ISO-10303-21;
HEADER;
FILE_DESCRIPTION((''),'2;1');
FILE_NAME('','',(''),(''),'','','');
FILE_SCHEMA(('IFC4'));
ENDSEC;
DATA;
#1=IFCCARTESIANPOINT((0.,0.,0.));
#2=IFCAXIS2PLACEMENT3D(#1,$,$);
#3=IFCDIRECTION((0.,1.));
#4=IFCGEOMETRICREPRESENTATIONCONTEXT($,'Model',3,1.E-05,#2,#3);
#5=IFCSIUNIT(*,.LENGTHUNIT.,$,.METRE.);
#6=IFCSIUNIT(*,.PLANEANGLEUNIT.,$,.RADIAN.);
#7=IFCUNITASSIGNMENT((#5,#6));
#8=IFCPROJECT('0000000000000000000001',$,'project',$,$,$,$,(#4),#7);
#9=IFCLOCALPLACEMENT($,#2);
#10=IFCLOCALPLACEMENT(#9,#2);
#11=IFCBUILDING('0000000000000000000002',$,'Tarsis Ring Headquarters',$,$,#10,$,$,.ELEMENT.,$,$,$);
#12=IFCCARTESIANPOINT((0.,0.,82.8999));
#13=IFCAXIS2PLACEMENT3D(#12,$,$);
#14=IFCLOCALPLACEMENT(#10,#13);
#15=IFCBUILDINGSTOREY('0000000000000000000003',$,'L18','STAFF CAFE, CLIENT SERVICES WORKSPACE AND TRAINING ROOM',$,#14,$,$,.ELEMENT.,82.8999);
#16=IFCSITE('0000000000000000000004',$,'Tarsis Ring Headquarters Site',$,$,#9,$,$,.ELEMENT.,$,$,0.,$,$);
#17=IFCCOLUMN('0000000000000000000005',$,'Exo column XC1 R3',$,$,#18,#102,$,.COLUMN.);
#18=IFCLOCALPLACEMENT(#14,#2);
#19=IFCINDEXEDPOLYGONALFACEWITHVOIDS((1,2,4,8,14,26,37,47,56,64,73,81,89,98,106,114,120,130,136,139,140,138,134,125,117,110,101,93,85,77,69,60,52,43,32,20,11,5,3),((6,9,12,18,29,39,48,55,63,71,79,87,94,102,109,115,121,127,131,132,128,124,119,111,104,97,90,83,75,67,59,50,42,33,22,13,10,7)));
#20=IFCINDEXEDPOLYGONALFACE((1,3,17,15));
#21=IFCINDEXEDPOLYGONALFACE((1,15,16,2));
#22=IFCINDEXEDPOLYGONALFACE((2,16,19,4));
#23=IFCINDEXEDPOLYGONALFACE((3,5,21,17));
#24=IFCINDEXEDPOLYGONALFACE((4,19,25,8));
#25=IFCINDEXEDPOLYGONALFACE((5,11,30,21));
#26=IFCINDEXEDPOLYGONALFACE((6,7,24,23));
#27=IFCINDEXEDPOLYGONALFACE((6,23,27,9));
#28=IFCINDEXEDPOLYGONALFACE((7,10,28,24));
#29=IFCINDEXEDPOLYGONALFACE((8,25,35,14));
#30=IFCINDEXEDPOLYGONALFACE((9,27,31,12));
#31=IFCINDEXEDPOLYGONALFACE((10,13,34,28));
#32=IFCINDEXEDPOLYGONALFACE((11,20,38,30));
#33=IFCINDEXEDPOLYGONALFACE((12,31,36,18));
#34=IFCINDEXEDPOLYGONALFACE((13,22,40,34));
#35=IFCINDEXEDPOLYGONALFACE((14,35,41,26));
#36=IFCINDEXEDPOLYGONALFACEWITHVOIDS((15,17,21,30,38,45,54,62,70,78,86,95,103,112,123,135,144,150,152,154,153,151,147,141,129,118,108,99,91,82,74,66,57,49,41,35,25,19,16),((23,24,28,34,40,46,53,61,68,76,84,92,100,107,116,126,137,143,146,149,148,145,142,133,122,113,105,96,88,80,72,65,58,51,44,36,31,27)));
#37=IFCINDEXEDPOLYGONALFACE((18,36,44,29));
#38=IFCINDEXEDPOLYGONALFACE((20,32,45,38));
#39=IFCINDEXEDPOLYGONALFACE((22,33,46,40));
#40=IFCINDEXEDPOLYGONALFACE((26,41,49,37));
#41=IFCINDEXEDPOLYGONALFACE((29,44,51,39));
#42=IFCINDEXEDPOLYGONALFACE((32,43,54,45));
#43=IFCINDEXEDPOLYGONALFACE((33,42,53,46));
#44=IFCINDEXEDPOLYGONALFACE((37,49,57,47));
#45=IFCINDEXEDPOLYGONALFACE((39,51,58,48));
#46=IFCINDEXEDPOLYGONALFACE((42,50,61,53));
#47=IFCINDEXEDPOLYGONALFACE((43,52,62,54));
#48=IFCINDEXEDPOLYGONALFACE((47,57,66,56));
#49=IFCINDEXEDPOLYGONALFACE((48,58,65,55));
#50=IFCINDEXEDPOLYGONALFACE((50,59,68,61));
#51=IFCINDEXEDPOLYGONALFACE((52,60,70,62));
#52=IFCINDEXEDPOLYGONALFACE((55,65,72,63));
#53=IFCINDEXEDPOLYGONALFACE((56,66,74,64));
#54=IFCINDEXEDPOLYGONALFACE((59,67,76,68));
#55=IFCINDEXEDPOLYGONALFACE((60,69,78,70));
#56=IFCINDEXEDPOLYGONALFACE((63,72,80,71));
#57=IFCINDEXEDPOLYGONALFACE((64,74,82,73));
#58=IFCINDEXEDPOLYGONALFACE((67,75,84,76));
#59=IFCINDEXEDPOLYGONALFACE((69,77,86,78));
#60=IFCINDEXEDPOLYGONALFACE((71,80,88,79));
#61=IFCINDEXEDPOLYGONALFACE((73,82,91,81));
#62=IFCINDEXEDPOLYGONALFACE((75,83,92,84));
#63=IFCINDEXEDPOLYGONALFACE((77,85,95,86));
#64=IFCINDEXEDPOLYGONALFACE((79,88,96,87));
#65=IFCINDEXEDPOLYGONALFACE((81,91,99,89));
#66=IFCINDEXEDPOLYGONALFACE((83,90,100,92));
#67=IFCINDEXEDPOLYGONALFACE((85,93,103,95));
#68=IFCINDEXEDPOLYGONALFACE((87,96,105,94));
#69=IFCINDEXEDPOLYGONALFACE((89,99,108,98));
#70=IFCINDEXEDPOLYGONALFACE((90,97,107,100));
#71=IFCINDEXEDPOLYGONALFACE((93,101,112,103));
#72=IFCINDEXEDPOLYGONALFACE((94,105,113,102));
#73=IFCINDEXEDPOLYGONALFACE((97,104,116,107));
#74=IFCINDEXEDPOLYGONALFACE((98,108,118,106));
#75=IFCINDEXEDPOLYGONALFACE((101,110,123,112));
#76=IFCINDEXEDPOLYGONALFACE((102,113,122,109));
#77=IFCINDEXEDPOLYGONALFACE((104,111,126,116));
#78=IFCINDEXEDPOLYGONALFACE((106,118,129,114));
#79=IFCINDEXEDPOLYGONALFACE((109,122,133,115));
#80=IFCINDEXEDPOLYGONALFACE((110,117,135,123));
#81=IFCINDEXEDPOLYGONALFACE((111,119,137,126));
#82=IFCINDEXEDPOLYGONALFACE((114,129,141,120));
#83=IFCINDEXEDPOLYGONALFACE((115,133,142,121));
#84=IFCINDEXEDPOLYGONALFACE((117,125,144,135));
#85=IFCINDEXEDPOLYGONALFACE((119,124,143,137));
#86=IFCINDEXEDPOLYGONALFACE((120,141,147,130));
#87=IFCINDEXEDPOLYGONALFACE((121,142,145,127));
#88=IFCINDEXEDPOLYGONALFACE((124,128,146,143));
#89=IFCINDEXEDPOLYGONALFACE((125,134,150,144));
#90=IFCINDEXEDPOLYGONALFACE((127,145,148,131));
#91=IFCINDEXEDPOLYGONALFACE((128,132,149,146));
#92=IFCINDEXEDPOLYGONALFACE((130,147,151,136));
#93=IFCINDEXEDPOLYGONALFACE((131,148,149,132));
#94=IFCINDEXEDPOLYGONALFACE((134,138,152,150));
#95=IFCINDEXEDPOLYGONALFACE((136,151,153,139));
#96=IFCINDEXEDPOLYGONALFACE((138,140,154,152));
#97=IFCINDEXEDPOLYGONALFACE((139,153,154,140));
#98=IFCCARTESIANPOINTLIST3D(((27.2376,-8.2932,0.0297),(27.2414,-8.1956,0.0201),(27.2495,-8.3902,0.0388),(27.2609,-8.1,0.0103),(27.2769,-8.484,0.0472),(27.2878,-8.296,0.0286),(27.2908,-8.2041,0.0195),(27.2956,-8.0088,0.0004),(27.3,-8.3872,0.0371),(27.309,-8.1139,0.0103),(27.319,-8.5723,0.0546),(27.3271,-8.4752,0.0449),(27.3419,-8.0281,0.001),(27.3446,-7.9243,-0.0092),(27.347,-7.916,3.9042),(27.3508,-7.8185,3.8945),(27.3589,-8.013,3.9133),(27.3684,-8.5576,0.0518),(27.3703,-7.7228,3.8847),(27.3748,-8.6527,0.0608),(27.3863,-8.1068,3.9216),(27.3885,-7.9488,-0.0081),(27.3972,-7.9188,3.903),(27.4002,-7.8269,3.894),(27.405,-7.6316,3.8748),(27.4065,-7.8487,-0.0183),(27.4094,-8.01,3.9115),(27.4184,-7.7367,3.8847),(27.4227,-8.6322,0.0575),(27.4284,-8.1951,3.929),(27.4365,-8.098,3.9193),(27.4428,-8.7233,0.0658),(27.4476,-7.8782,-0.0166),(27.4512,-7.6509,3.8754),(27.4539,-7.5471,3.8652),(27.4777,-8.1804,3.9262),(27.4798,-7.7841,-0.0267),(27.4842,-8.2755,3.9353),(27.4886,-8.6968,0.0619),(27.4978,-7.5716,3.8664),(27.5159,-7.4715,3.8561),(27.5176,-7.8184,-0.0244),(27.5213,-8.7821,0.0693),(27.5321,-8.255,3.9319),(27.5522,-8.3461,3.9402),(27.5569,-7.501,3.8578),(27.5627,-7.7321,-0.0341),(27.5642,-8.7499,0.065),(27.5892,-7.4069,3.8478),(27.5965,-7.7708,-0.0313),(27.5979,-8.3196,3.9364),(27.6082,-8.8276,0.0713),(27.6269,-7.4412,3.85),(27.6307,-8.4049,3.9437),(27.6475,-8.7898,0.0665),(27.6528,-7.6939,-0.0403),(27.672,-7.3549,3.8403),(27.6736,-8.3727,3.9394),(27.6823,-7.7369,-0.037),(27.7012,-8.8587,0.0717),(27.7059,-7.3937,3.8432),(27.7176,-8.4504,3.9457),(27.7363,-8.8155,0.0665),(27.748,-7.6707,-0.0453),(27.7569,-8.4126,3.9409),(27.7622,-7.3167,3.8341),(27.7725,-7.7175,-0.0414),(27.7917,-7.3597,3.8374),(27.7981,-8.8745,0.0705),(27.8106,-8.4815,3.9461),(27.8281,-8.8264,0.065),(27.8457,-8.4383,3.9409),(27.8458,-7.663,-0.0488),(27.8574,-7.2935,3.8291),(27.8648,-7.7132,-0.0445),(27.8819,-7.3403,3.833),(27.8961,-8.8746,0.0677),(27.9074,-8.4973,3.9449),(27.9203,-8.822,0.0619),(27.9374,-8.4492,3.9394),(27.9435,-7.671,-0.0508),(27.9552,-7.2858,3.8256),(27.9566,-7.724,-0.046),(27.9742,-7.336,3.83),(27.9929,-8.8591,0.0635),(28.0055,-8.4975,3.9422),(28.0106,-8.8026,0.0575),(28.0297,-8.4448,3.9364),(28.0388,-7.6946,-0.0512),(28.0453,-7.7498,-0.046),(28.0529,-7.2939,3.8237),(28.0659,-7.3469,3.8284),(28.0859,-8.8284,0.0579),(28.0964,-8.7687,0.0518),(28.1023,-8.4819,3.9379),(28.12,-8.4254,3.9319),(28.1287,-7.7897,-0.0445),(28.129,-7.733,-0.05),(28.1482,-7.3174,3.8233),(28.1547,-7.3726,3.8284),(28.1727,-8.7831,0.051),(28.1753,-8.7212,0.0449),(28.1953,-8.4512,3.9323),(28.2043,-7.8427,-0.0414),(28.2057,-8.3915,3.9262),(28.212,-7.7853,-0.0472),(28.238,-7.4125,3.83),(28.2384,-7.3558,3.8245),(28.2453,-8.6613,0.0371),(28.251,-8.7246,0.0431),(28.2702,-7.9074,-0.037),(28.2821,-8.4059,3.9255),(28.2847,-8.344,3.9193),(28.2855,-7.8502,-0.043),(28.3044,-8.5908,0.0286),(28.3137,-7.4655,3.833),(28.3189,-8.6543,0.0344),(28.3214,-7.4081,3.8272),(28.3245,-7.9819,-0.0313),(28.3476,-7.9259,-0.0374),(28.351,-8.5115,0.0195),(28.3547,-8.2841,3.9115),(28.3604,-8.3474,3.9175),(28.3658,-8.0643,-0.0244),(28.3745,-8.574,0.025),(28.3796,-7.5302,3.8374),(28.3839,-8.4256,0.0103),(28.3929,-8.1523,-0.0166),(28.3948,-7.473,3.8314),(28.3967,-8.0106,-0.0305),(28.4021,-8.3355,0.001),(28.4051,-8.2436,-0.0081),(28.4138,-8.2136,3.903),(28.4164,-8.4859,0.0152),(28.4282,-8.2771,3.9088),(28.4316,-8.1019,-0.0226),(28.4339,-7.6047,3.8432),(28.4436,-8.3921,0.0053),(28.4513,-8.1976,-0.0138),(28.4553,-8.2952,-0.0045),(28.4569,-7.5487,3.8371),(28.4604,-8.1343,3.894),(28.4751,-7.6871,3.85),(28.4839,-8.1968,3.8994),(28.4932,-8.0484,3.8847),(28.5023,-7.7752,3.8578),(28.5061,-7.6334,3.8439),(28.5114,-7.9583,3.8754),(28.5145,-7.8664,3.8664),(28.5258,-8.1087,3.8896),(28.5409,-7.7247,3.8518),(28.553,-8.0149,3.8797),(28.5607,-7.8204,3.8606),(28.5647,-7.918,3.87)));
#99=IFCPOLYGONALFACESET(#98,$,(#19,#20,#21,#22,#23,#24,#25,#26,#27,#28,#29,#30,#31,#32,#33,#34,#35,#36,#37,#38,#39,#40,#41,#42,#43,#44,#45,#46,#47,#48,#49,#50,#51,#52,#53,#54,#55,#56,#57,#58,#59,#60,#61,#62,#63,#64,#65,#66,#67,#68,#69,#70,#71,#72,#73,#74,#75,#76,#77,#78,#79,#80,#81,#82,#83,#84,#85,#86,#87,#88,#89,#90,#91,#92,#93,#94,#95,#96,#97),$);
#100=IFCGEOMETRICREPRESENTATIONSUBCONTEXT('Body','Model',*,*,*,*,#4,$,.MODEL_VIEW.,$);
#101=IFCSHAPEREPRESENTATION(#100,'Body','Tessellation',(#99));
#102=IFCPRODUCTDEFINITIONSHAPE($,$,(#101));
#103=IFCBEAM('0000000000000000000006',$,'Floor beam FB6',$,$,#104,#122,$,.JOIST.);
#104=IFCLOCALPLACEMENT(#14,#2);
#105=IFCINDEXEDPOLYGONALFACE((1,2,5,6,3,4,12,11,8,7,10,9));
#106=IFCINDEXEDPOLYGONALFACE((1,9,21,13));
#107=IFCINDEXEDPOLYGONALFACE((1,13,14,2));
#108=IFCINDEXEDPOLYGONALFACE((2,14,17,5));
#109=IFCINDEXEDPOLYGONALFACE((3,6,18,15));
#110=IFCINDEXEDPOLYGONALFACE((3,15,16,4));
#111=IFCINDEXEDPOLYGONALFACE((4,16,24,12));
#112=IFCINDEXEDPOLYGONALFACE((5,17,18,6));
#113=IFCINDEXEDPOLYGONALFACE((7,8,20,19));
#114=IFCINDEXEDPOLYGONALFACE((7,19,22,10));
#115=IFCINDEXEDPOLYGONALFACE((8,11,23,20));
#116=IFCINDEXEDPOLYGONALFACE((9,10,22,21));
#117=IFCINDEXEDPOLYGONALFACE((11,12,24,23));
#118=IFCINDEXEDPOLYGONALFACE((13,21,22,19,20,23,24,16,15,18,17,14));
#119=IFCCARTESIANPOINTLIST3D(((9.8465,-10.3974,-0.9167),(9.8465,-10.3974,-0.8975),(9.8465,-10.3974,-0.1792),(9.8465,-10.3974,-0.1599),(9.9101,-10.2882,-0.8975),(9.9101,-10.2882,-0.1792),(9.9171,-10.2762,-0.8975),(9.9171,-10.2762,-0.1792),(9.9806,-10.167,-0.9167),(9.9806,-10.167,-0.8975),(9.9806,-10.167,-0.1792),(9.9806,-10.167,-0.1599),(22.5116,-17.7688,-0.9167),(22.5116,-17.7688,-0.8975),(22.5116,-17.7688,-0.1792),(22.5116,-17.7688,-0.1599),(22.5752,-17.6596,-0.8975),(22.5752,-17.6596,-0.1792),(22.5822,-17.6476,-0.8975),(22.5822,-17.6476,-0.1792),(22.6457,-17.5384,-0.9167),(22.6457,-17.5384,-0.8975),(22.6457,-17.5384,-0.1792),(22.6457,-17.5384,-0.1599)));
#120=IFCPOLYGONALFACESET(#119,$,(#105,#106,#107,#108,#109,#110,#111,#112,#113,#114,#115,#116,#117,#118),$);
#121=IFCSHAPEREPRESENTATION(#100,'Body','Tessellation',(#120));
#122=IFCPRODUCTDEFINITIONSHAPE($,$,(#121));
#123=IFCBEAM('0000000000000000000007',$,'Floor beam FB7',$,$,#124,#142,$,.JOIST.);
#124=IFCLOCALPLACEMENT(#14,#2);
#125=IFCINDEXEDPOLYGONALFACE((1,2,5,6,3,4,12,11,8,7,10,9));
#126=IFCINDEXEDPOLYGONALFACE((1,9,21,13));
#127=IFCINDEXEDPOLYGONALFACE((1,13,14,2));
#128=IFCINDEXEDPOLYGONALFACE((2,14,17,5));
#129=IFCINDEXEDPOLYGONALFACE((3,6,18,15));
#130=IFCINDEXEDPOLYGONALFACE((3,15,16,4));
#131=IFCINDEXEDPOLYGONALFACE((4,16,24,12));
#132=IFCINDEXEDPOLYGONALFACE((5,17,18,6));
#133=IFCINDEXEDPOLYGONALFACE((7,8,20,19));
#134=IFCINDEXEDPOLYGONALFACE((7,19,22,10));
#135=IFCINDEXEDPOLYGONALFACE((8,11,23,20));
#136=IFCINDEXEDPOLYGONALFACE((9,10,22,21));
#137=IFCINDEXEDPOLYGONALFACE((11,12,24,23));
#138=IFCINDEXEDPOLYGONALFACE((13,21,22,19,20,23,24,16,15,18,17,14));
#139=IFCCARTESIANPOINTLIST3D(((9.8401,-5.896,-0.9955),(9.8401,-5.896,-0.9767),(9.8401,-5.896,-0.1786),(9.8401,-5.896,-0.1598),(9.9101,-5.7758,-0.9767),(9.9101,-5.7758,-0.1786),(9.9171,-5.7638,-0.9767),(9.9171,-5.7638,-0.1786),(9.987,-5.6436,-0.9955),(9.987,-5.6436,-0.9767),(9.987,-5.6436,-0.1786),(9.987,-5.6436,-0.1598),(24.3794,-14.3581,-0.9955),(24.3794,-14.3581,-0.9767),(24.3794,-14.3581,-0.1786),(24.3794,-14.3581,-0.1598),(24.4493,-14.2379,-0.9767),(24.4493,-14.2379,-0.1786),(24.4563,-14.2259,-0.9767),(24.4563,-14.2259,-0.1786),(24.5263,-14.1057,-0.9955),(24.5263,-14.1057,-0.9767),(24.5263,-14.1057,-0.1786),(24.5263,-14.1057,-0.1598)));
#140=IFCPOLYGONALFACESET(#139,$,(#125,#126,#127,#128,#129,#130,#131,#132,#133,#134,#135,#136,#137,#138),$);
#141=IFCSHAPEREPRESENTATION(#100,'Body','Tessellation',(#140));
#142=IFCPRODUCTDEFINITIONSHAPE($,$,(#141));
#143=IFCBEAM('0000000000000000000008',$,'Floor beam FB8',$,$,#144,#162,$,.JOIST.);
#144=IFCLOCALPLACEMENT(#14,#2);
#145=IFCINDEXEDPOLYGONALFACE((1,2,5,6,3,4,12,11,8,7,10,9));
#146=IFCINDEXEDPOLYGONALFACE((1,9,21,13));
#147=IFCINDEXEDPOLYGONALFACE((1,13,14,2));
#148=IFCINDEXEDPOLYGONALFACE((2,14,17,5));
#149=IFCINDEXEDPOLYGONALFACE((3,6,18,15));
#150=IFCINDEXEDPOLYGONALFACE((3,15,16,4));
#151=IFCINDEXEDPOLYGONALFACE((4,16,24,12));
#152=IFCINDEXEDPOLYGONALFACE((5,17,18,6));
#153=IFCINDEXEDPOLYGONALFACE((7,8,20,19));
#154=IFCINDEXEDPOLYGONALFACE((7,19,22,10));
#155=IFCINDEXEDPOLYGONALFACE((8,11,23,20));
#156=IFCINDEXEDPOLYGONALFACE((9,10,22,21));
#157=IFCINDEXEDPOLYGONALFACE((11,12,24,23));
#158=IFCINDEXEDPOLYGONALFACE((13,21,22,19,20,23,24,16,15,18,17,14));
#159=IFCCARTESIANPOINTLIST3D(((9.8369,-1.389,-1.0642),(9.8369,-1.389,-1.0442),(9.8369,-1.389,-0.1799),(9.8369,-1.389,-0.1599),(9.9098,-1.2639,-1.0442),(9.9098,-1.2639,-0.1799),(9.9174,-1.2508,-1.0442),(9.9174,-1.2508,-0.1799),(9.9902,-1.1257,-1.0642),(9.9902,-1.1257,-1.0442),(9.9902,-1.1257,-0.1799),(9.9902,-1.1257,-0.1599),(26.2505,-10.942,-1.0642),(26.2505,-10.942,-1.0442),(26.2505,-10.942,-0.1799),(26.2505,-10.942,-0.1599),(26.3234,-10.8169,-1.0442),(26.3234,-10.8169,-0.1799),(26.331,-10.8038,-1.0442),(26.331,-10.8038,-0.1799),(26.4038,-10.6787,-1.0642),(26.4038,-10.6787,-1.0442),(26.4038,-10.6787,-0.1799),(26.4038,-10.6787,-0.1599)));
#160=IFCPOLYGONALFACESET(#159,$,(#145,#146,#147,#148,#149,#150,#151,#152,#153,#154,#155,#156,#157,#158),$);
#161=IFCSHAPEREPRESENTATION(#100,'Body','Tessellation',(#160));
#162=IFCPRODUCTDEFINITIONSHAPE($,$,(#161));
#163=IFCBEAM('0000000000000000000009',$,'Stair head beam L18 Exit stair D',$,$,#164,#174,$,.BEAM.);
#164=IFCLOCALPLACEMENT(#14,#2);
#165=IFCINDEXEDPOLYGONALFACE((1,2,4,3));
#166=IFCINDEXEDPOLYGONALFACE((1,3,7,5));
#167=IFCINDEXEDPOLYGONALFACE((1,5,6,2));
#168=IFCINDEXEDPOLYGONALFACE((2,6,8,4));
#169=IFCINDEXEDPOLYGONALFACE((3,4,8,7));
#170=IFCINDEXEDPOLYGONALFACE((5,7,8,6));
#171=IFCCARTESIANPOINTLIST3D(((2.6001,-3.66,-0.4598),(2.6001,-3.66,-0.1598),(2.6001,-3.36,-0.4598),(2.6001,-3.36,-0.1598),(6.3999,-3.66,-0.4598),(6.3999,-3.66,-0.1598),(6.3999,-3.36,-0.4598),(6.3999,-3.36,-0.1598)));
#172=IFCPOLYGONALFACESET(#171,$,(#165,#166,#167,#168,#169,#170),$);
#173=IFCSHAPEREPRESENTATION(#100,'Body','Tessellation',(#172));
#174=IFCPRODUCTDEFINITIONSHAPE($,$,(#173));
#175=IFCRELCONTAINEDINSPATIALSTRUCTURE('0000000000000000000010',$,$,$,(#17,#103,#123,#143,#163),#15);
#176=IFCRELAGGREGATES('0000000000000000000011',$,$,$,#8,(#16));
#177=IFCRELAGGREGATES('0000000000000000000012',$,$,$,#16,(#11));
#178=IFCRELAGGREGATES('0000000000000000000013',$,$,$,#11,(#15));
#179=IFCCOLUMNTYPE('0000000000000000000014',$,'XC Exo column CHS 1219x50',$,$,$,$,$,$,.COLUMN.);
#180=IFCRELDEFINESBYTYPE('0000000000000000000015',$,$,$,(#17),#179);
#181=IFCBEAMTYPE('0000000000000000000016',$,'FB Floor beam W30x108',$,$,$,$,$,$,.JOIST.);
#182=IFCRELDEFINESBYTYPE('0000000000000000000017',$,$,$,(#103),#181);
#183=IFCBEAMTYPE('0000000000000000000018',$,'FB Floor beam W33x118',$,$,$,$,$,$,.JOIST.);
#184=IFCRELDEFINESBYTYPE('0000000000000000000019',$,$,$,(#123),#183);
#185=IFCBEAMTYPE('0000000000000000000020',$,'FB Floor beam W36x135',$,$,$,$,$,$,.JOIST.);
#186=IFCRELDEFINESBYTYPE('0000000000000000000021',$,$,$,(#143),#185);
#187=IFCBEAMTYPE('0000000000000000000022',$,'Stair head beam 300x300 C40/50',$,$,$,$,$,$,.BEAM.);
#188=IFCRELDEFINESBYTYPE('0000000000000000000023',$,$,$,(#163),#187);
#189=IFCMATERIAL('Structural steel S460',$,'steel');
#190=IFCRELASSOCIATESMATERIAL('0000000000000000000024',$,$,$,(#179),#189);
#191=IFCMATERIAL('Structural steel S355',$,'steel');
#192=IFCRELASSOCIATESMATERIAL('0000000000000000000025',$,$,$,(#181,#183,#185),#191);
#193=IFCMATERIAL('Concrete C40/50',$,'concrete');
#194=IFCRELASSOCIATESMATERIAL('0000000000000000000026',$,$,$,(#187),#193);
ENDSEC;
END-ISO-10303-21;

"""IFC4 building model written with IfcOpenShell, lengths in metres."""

from ifc_helpers import new_model, si_unit, direction, frame, origin, origin_2d, place, context, subcontext, project, spatial, rectangle, hollow_circle, i_section, extrude, material, material_profile, profile_set, type_object, element, save


model = new_model("IFC4")

# Units and contexts
model_context = context("Model", 3, precision=1e-05, world=origin(), true_north=direction((0.0, 1.0)))
body_context = subcontext(model_context, "Body", "Model", "MODEL_VIEW")
ifc_project = project(units=[si_unit("LENGTHUNIT", "METRE"), si_unit("PLANEANGLEUNIT", "RADIAN")], contexts=[model_context])

# Site, building, storey
site_placement = place(None, origin())
site = spatial("IfcSite", under=ifc_project, at=site_placement, Name="Tarsis Ring Headquarters Site", CompositionType="ELEMENT", RefElevation=0.0)
building_placement = place(site_placement, origin())
building = spatial("IfcBuilding", under=site, at=building_placement, Name="Tarsis Ring Headquarters", CompositionType="ELEMENT")
storey_placement = place(building_placement, frame((0.0, 0.0, 82.8999)))
storey = spatial("IfcBuildingStorey", under=building, at=storey_placement, Name="L18", Description="STAFF CAFE, CLIENT SERVICES WORKSPACE AND TRAINING ROOM", CompositionType="ELEMENT", Elevation=82.8999)

# Column
ifc_material_1 = material(Name="Structural steel S460", Category="steel")
ifc_material_profile_1 = material_profile(ifc_material_1, hollow_circle(Radius=0.6096, WallThickness=0.05, at=origin_2d()), Name="CHS 1219x50")
ifc_profile_set_1 = profile_set([ifc_material_profile_1], Name="Structural steel S460")
column_type = type_object("IfcColumnType", Name="XC Exo column CHS 1219x50", PredefinedType="COLUMN", material=ifc_profile_set_1)
column_placement = place(storey_placement, frame((27.8464, -8.2698, 0.0103), z_axis=(0.028085, 0.096857, 0.994902), x_axis=(-0.960437, 0.278496, 0.0)))
element("IfcColumn", 1, at=column_placement, inside=storey, type_object=column_type, Name="Exo column XC1 R3", PredefinedType="COLUMN", context=body_context, shape_type="SweptSolid", body=[
    extrude(hollow_circle(Radius=0.6096, WallThickness=0.05, at=origin_2d()), origin(), (0.0, 0.0, 1.0), 3.8943),
])

# Beams
ifc_material_2 = material(Name="Structural steel S355", Category="steel")
ifc_material_profile_2 = material_profile(ifc_material_2, i_section(OverallWidth=0.2666, OverallDepth=0.7568, WebThickness=0.0139, FlangeThickness=0.0193, at=origin_2d()), Name="W30x108")
ifc_profile_set_2 = profile_set([ifc_material_profile_2], Name="Structural steel S355")
beam_type_1 = type_object("IfcBeamType", Name="FB Floor beam W30x108", PredefinedType="JOIST", material=ifc_profile_set_2)
beam_1_placement = place(storey_placement, frame((9.9136, -10.2822, -0.5383), z_axis=(0.864272, -0.503026, 0.0), x_axis=(0.503026, 0.864272, 0.0)))
element("IfcBeam", 2, at=beam_1_placement, inside=storey, type_object=beam_type_1, Name="Floor beam FB6", PredefinedType="JOIST", context=body_context, shape_type="SweptSolid", body=[
    extrude(i_section(OverallWidth=0.2666, OverallDepth=0.7568, WebThickness=0.0139, FlangeThickness=0.0193, at=origin_2d()), origin(), (0.0, 0.0, 1.0), 14.6541),
])
ifc_material_profile_3 = material_profile(ifc_material_2, i_section(OverallWidth=0.292, OverallDepth=0.8357, WebThickness=0.0139, FlangeThickness=0.0188, at=origin_2d()), Name="W33x118")
ifc_profile_set_3 = profile_set([ifc_material_profile_3], Name="Structural steel S355")
beam_type_2 = type_object("IfcBeamType", Name="FB Floor beam W33x118", PredefinedType="JOIST", material=ifc_profile_set_3)
beam_2_placement = place(storey_placement, frame((9.9136, -5.7698, -0.5776), z_axis=(0.864273, -0.503023, 0.0), x_axis=(0.503023, 0.864273, 0.0)))
element("IfcBeam", 3, at=beam_2_placement, inside=storey, type_object=beam_type_2, Name="Floor beam FB7", PredefinedType="JOIST", context=body_context, shape_type="SweptSolid", body=[
    extrude(i_section(OverallWidth=0.292, OverallDepth=0.8357, WebThickness=0.0139, FlangeThickness=0.0188, at=origin_2d()), origin(), (0.0, 0.0, 1.0), 16.8225),
])
ifc_material_profile_4 = material_profile(ifc_material_2, i_section(OverallWidth=0.3047, OverallDepth=0.9043, WebThickness=0.0151, FlangeThickness=0.02, at=origin_2d()), Name="W36x135")
ifc_profile_set_4 = profile_set([ifc_material_profile_4], Name="Structural steel S355")
beam_type_3 = type_object("IfcBeamType", Name="FB Floor beam W36x135", PredefinedType="JOIST", material=ifc_profile_set_4)
beam_3_placement = place(storey_placement, frame((9.9136, -1.2573, -0.6121), z_axis=(0.864274, -0.503022, 0.0), x_axis=(0.503022, 0.864274, 0.0)))
element("IfcBeam", 4, at=beam_3_placement, inside=storey, type_object=beam_type_3, Name="Floor beam FB8", PredefinedType="JOIST", context=body_context, shape_type="SweptSolid", body=[
    extrude(i_section(OverallWidth=0.3047, OverallDepth=0.9043, WebThickness=0.0151, FlangeThickness=0.02, at=origin_2d()), origin(), (0.0, 0.0, 1.0), 18.9912),
])
ifc_material_3 = material(Name="Concrete C40/50", Category="concrete")
ifc_material_profile_5 = material_profile(ifc_material_3, rectangle(XDim=0.3, YDim=0.3, at=origin_2d()), Name="Stair head beam 300x300 C40/50")
ifc_profile_set_5 = profile_set([ifc_material_profile_5], Name="Concrete C40/50")
beam_type_4 = type_object("IfcBeamType", Name="Stair head beam 300x300 C40/50", PredefinedType="BEAM", material=ifc_profile_set_5)
beam_4_placement = place(storey_placement, frame((2.6001, -3.51, -0.3098), z_axis=(1.0, 0.0, 0.0), x_axis=(0.0, 1.0, 0.0)))
element("IfcBeam", 5, at=beam_4_placement, inside=storey, type_object=beam_type_4, Name="Stair head beam L18 Exit stair D", PredefinedType="BEAM", context=body_context, shape_type="SweptSolid", body=[
    extrude(rectangle(XDim=0.3, YDim=0.3, at=origin_2d()), origin(), (0.0, 0.0, 1.0), 3.7998),
])

save(model, "model.ifc")
